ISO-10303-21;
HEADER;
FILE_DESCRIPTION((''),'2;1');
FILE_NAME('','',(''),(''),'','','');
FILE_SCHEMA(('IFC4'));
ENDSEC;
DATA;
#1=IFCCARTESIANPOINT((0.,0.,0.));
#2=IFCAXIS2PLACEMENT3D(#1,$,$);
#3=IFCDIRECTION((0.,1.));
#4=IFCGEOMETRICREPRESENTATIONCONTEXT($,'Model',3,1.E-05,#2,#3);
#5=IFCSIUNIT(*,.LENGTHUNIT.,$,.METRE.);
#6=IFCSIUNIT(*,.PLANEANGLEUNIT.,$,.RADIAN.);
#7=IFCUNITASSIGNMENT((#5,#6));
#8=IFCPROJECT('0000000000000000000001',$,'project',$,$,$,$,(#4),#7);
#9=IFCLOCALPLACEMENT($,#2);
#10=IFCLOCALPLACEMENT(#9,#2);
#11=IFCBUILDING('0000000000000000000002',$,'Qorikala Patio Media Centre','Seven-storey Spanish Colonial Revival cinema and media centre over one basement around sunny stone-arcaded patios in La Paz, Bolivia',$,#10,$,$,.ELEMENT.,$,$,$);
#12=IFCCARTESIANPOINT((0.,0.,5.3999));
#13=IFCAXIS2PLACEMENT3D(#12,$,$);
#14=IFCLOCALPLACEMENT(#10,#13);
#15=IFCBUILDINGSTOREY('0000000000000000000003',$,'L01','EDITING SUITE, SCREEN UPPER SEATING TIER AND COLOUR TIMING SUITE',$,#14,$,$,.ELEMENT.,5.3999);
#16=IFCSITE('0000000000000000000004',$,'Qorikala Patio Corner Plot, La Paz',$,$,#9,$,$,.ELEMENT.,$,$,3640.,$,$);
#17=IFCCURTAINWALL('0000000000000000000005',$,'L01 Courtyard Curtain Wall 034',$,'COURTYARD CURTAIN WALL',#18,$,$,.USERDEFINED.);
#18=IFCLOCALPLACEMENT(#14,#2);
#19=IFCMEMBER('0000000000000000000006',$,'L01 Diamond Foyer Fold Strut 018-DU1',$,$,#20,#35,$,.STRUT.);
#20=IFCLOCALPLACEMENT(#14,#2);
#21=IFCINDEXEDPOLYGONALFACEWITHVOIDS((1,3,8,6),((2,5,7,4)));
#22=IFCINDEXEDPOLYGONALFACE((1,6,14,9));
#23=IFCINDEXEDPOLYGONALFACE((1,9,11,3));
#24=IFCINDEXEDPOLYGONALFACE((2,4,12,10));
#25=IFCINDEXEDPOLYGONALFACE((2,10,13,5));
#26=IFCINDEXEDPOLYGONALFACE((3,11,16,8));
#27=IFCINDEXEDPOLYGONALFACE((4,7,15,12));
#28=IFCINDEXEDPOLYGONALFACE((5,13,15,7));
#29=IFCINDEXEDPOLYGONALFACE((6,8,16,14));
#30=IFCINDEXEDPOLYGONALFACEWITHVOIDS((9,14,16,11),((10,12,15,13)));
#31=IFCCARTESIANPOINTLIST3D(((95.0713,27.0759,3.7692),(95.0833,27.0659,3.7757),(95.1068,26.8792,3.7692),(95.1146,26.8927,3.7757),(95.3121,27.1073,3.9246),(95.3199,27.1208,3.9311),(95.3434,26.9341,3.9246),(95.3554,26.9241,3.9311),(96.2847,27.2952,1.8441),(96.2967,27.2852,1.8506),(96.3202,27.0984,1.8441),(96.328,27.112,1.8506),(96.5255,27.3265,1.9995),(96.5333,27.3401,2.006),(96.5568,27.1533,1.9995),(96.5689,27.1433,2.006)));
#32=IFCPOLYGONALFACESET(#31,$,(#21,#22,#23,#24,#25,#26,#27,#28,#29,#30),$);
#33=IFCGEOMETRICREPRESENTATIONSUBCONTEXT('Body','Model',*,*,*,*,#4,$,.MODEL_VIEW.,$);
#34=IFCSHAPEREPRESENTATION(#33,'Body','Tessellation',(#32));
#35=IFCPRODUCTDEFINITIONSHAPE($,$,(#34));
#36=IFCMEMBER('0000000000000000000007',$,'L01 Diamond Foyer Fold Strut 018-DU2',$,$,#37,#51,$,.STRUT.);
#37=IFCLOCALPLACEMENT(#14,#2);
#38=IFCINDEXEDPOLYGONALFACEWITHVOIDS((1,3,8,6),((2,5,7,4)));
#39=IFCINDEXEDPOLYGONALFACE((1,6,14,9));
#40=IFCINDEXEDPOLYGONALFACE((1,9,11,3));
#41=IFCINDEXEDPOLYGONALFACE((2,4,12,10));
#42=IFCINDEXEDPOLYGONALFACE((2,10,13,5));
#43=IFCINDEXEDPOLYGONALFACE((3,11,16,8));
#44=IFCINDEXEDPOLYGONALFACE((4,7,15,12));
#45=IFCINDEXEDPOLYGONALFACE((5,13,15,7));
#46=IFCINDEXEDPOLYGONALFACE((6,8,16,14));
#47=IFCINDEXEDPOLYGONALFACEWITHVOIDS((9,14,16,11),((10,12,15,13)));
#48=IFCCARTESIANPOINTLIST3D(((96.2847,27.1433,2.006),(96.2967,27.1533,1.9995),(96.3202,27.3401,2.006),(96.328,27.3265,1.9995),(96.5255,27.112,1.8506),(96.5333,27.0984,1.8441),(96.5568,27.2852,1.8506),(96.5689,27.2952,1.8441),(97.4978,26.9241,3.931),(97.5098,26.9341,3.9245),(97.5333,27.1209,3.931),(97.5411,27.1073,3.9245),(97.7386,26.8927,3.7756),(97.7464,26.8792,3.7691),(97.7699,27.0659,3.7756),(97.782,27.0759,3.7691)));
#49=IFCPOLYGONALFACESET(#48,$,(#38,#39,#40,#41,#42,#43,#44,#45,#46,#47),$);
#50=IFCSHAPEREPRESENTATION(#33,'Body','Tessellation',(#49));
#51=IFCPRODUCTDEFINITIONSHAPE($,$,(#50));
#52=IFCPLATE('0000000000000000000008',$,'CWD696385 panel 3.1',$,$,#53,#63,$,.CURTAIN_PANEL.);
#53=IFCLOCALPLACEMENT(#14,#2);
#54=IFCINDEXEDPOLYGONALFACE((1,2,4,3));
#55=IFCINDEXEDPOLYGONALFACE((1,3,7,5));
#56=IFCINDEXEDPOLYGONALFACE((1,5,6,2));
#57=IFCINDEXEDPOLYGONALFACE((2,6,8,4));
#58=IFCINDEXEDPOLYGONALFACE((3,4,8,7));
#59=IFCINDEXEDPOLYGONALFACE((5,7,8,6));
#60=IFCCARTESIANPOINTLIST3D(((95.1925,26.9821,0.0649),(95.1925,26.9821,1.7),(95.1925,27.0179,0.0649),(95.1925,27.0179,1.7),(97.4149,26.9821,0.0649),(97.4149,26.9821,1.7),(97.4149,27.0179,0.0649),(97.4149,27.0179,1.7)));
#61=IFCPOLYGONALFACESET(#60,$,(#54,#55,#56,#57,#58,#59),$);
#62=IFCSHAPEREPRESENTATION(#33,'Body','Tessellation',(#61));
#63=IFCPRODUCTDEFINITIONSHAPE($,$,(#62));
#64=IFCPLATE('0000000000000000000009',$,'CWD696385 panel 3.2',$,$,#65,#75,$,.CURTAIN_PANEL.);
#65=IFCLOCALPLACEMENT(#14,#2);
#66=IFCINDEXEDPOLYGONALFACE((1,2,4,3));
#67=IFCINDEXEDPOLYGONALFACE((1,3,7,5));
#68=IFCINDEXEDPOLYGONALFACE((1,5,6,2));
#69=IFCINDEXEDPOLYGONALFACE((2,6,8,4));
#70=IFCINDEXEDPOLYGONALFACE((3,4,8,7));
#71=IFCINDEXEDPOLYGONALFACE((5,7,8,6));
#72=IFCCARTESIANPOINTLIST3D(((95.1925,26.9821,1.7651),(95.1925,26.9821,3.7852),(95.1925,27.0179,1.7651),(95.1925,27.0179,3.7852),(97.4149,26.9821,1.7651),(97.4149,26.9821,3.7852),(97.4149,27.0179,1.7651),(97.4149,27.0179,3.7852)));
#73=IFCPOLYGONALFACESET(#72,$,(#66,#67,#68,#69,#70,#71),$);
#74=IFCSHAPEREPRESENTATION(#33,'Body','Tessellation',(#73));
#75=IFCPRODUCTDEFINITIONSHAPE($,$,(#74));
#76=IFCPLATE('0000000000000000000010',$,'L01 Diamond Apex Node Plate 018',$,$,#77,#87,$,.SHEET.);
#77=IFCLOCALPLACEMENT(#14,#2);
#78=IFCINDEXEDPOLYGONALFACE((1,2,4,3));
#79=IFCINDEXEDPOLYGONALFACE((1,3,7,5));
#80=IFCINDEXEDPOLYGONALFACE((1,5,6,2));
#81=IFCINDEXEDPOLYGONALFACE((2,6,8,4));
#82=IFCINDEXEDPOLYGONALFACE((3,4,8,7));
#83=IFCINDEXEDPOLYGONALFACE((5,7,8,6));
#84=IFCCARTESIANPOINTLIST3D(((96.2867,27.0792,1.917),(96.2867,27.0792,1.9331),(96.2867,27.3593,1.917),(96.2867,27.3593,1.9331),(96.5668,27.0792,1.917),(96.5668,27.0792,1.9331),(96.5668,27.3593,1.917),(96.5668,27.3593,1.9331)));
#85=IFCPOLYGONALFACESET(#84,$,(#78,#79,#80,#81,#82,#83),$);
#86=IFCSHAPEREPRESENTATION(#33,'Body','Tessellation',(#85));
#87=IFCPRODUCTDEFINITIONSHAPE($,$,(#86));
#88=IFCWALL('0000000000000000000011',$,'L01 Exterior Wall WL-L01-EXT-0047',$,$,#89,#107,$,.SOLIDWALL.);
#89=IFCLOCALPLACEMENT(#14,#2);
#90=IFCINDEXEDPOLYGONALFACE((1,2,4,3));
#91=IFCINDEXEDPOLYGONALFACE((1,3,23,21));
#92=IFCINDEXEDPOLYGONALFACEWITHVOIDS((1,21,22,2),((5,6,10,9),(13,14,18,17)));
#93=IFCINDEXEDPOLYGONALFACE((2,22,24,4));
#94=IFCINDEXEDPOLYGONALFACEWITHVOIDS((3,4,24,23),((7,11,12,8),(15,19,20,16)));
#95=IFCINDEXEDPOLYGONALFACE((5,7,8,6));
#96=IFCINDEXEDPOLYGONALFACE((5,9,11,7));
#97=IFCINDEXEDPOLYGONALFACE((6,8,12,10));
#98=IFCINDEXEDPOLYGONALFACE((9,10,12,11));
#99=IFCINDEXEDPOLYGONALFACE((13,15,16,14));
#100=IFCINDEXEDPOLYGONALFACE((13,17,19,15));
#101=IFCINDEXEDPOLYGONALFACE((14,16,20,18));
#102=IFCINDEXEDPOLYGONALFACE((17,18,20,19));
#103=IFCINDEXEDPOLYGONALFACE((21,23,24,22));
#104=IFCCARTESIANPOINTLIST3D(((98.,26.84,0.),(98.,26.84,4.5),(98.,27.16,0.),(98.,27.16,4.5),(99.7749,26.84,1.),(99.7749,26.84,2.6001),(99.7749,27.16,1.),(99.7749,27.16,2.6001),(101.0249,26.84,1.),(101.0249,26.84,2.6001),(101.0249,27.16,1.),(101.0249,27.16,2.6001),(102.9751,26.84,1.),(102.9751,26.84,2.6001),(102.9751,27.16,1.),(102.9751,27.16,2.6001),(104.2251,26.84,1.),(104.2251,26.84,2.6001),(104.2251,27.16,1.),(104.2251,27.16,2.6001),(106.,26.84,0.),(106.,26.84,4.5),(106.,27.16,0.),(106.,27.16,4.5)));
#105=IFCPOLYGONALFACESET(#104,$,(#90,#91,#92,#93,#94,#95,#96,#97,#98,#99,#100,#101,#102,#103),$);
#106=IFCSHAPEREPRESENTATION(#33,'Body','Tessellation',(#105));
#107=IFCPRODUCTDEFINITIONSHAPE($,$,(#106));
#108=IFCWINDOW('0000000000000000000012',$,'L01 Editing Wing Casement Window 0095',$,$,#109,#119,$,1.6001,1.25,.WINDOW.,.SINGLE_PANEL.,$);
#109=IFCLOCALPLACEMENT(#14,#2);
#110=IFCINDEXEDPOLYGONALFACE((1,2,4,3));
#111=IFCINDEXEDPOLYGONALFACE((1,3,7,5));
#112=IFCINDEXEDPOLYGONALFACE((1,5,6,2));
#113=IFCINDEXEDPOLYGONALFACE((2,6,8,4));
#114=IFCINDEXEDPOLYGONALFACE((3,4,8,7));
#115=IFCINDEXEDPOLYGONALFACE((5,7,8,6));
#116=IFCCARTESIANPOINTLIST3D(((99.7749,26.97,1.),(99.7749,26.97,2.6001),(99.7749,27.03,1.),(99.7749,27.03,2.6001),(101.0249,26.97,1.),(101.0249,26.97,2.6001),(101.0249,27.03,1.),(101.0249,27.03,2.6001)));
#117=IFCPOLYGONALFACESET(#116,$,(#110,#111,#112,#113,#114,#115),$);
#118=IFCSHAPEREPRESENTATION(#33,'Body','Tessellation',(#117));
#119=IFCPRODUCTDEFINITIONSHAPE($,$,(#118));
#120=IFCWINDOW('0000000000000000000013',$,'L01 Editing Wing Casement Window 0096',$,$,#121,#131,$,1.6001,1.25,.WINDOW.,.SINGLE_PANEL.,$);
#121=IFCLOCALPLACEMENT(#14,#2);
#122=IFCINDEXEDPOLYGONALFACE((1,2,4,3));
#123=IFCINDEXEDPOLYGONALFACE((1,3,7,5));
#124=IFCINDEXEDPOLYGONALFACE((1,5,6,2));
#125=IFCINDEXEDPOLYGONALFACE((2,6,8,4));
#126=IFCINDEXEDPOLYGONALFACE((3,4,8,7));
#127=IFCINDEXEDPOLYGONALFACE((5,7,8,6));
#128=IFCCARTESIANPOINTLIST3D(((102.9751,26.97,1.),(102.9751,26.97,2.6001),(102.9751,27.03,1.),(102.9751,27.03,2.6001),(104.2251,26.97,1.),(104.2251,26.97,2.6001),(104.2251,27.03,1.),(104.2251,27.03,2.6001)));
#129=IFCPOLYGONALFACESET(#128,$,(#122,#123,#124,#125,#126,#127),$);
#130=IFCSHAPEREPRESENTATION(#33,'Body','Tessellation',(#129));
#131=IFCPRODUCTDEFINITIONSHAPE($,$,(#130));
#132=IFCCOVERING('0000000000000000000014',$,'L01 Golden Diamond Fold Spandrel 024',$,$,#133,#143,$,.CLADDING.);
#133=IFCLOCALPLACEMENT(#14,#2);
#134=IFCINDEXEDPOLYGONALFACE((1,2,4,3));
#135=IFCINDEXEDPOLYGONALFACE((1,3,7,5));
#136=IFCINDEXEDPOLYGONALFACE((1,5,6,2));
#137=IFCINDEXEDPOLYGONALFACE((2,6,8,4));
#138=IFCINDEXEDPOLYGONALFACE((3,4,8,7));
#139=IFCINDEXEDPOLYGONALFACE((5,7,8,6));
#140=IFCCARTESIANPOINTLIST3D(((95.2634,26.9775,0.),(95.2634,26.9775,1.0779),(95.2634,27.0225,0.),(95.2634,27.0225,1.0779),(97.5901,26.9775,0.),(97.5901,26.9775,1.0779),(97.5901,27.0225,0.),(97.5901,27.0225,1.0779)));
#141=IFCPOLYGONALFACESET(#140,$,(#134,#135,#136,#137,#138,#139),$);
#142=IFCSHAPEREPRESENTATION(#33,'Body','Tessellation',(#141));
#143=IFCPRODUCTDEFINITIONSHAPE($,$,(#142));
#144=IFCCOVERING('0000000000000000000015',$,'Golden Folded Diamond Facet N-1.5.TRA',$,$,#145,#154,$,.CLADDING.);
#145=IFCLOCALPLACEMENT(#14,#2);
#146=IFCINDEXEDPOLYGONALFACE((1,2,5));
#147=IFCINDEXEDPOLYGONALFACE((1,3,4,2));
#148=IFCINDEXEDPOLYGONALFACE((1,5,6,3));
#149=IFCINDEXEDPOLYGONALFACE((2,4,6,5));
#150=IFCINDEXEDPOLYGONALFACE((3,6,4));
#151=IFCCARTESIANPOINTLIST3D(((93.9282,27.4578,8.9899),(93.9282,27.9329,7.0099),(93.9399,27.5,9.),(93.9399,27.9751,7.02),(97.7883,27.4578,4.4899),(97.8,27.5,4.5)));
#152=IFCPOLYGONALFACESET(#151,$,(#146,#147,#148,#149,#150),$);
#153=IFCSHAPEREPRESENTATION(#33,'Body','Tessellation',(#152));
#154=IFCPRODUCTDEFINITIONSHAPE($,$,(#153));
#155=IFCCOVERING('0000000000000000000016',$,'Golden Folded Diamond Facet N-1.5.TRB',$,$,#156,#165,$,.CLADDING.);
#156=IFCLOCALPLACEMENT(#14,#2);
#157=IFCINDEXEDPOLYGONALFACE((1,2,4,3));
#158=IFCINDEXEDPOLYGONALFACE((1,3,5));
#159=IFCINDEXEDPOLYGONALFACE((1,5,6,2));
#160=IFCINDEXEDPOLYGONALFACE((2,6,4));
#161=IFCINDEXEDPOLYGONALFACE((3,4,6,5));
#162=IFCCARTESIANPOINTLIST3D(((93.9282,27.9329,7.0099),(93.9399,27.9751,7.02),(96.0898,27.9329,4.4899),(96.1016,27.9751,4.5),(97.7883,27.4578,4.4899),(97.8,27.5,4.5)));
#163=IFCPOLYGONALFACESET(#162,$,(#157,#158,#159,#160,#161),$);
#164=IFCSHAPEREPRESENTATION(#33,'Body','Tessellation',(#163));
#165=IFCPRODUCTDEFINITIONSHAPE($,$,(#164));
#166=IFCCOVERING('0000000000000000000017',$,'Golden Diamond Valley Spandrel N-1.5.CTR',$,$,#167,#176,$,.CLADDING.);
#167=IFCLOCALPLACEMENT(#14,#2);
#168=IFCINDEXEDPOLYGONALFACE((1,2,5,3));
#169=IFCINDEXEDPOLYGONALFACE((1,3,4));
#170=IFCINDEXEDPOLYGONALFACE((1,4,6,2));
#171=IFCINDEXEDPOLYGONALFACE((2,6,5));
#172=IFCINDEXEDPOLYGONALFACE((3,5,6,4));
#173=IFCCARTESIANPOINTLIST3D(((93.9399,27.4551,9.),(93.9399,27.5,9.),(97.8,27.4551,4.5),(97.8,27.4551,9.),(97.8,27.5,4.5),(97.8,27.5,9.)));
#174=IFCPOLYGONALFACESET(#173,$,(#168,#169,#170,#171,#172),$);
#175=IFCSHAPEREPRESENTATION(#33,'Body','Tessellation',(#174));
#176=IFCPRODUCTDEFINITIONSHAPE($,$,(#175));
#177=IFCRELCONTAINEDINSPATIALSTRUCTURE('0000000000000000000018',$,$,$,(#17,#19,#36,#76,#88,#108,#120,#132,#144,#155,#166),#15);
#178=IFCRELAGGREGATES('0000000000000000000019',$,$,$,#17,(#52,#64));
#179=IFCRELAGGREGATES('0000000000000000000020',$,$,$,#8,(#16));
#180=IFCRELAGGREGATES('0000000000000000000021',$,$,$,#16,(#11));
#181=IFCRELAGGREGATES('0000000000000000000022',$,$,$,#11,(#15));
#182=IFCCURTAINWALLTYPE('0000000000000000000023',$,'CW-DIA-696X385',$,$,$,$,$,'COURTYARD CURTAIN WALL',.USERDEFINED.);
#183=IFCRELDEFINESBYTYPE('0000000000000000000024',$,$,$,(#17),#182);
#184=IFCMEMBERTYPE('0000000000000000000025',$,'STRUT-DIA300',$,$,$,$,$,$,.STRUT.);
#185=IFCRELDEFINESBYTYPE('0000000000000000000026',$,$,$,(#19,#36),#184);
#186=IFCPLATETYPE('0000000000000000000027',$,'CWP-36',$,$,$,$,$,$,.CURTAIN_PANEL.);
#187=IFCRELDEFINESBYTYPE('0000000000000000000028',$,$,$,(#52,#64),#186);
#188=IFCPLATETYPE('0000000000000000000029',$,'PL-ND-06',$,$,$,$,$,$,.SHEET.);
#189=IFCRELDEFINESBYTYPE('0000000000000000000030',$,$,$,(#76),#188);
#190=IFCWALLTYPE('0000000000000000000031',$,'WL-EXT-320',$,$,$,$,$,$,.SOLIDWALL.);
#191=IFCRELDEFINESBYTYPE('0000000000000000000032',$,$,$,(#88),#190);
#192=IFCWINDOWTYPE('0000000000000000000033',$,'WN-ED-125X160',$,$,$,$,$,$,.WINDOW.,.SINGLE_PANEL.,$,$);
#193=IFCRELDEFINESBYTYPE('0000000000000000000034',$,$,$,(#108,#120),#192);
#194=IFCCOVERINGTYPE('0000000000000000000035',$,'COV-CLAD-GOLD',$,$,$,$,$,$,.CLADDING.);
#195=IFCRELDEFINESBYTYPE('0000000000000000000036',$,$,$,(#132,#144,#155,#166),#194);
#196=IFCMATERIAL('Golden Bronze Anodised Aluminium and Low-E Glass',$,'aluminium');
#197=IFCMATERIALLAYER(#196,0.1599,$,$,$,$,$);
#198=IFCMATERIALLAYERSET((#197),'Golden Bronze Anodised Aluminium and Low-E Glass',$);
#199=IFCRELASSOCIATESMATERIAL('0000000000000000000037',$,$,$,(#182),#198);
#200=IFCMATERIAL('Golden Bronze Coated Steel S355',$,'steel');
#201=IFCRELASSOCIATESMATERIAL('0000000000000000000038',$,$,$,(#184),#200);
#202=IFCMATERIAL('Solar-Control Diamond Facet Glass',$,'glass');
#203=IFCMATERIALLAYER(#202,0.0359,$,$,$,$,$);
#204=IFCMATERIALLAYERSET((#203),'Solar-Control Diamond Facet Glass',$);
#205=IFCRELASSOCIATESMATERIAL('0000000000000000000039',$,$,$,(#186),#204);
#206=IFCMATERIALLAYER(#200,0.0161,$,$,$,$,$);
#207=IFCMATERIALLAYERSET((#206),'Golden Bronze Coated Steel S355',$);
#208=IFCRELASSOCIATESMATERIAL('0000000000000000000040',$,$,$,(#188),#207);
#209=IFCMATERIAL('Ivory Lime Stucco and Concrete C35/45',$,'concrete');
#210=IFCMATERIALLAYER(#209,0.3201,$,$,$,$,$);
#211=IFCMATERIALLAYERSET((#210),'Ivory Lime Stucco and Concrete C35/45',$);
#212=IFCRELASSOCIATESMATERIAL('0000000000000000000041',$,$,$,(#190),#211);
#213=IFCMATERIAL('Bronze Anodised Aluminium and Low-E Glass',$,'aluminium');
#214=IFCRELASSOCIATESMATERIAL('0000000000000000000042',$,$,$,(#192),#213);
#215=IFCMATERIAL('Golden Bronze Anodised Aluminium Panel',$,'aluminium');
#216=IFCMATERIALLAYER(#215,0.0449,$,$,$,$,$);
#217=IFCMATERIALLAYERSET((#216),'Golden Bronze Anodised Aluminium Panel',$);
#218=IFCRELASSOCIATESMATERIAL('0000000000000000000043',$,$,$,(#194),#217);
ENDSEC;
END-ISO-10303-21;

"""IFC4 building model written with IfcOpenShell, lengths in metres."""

from ifc_helpers import new_model, si_unit, direction, frame, frame_2d, origin, origin_2d, place, context, subcontext, project, spatial, polyline, rectangle, hollow_rectangle, outline, extrude, material, layer, layer_set, material_profile, profile_set, type_object, element, fill, aggregate, save


model = new_model("IFC4")

# Units and contexts
model_context = context("Model", 3, precision=1e-05, world=origin(), true_north=direction((0.0, 1.0)))
body_context = subcontext(model_context, "Body", "Model", "MODEL_VIEW")
ifc_project = project(units=[si_unit("LENGTHUNIT", "METRE"), si_unit("PLANEANGLEUNIT", "RADIAN")], contexts=[model_context])

# Site, building, storey
site_placement = place(None, origin())
site = spatial("IfcSite", under=ifc_project, at=site_placement, Name="Qorikala Patio Corner Plot, La Paz", CompositionType="ELEMENT", RefElevation=3640.0)
building_placement = place(site_placement, origin())
building = spatial("IfcBuilding", under=site, at=building_placement, Name="Qorikala Patio Media Centre", Description="Seven-storey Spanish Colonial Revival cinema and media centre over one basement around sunny stone-arcaded patios in La Paz, Bolivia", CompositionType="ELEMENT")
storey_placement = place(building_placement, frame((0.0, 0.0, 5.3999)))
storey = spatial("IfcBuildingStorey", under=building, at=storey_placement, Name="L01", Description="EDITING SUITE, SCREEN UPPER SEATING TIER AND COLOUR TIMING SUITE", CompositionType="ELEMENT", Elevation=5.3999)

# Shared definitions
ifc_material_1 = material(Name="Golden Bronze Coated Steel S355", Category="steel")

# Curtain wall
ifc_material_2 = material(Name="Golden Bronze Anodised Aluminium and Low-E Glass", Category="aluminium")
ifc_layer_1 = layer(ifc_material_2, 0.1599)
ifc_layer_set_1 = layer_set([ifc_layer_1], Name="Golden Bronze Anodised Aluminium and Low-E Glass")
curtain_wall_type = type_object("IfcCurtainWallType", Name="CW-DIA-696X385", ElementType="COURTYARD CURTAIN WALL", PredefinedType="USERDEFINED", material=ifc_layer_set_1)
curtain_wall_placement = place(storey_placement, origin())
curtain_wall = element("IfcCurtainWall", 1, at=curtain_wall_placement, inside=storey, type_object=curtain_wall_type, Name="L01 Courtyard Curtain Wall 034", ObjectType="COURTYARD CURTAIN WALL", PredefinedType="USERDEFINED")

# Members
ifc_material_profile_1 = material_profile(ifc_material_1, hollow_rectangle(XDim=0.2, YDim=0.3, WallThickness=0.012, at=origin_2d()), Name="HSS300X200X12")
ifc_profile_set_1 = profile_set([ifc_material_profile_1], Name="Golden Bronze Coated Steel S355")
member_type_1 = type_object("IfcMemberType", Name="STRUT-DIA300", PredefinedType="STRUT", material=ifc_profile_set_1)
member_1_placement = place(storey_placement, frame((96.4268, 27.2192, 1.925), z_axis=(-0.530768, -0.095901, 0.842074), x_axis=(0.177805, -0.984066, 0.0)))
element("IfcMember", 2, at=member_1_placement, inside=storey, type_object=member_type_1, Name="L01 Diamond Foyer Fold Strut 018-DU1", PredefinedType="STRUT", context=body_context, shape_type="SweptSolid", body=[
    extrude(hollow_rectangle(XDim=0.2, YDim=0.3, WallThickness=0.012, at=origin_2d()), origin(), (0.0, 0.0, 1.0), 2.2861),
])
member_2_placement = place(storey_placement, frame((96.4268, 27.2192, 1.925), z_axis=(0.530691, -0.095907, 0.842121), x_axis=(0.17784, 0.984059, 0.0)))
element("IfcMember", 3, at=member_2_placement, inside=storey, type_object=member_type_1, Name="L01 Diamond Foyer Fold Strut 018-DU2", PredefinedType="STRUT", context=body_context, shape_type="SweptSolid", body=[
    extrude(hollow_rectangle(XDim=0.2, YDim=0.3, WallThickness=0.012, at=origin_2d()), origin(), (0.0, 0.0, 1.0), 2.2859),
])

# Plates
ifc_material_3 = material(Name="Solar-Control Diamond Facet Glass", Category="glass")
ifc_layer_2 = layer(ifc_material_3, 0.0359)
ifc_layer_set_2 = layer_set([ifc_layer_2], Name="Solar-Control Diamond Facet Glass")
plate_type_1 = type_object("IfcPlateType", Name="CWP-36", PredefinedType="CURTAIN_PANEL", material=ifc_layer_set_2)
plate_1_placement = place(storey_placement, frame((96.3037, 27.0, 0.0649), z_axis=(0.0, 0.0, 1.0), x_axis=(1.0, 0.0, 0.0)))
plate_1 = element("IfcPlate", 4, at=plate_1_placement, type_object=plate_type_1, Name="CWD696385 panel 3.1", PredefinedType="CURTAIN_PANEL", context=body_context, shape_type="SweptSolid", body=[
    extrude(rectangle(XDim=2.2224, YDim=0.0359, at=origin_2d()), origin(), (0.0, 0.0, 1.0), 1.635),
])
plate_2_placement = place(storey_placement, frame((96.3037, 27.0, 1.7651), z_axis=(0.0, 0.0, 1.0), x_axis=(1.0, 0.0, 0.0)))
plate_2 = element("IfcPlate", 5, at=plate_2_placement, type_object=plate_type_1, Name="CWD696385 panel 3.2", PredefinedType="CURTAIN_PANEL", context=body_context, shape_type="SweptSolid", body=[
    extrude(rectangle(XDim=2.2224, YDim=0.0359, at=origin_2d()), origin(), (0.0, 0.0, 1.0), 2.02),
])
aggregate(curtain_wall, [plate_1, plate_2])
ifc_layer_3 = layer(ifc_material_1, 0.0161)
ifc_layer_set_3 = layer_set([ifc_layer_3], Name="Golden Bronze Coated Steel S355")
plate_type_2 = type_object("IfcPlateType", Name="PL-ND-06", PredefinedType="SHEET", material=ifc_layer_set_3)
plate_3_placement = place(storey_placement, frame((96.4268, 27.2192, 1.917), z_axis=(0.0, 0.0, 1.0), x_axis=(1.0, 0.0, 0.0)))
element("IfcPlate", 6, at=plate_3_placement, inside=storey, type_object=plate_type_2, Name="L01 Diamond Apex Node Plate 018", PredefinedType="SHEET", context=body_context, shape_type="SweptSolid", body=[
    extrude(rectangle(XDim=0.28, YDim=0.28, at=origin_2d()), origin(), (0.0, 0.0, 1.0), 0.0161),
])

# Wall, openings, windows
ifc_material_4 = material(Name="Ivory Lime Stucco and Concrete C35/45", Category="concrete")
ifc_layer_4 = layer(ifc_material_4, 0.3201)
ifc_layer_set_4 = layer_set([ifc_layer_4], Name="Ivory Lime Stucco and Concrete C35/45")
wall_type = type_object("IfcWallType", Name="WL-EXT-320", PredefinedType="SOLIDWALL", material=ifc_layer_set_4)
wall_placement = place(storey_placement, frame((98.0, 27.0, 0.0), z_axis=(0.0, 0.0, 1.0), x_axis=(1.0, 0.0, 0.0)))
wall = element("IfcWall", 7, at=wall_placement, inside=storey, type_object=wall_type, Name="L01 Exterior Wall WL-L01-EXT-0047", PredefinedType="SOLIDWALL", context=body_context, shape_type="SweptSolid", body=[
    extrude(rectangle(XDim=8.0, YDim=0.3201, at=frame_2d((4.0, 0.0))), origin(), (0.0, 0.0, 1.0), 4.5),
])
opening_1_placement = place(wall_placement, frame((1.7749, 0.0, 1.0)))
opening_1 = element("IfcOpeningElement", 8, at=opening_1_placement, cuts=wall, PredefinedType="OPENING", context=body_context, shape_type="SweptSolid", body=[
    extrude(rectangle(XDim=1.25, YDim=1.6001, at=frame_2d((0.625, 0.8))), frame((0.0, 0.1699, 0.0), z_axis=(0.0, -1.0, 0.0), x_axis=(1.0, 0.0, 0.0)), (0.0, 0.0, 1.0), 0.3401),
])
opening_2_placement = place(wall_placement, frame((4.9751, 0.0, 1.0)))
opening_2 = element("IfcOpeningElement", 9, at=opening_2_placement, cuts=wall, PredefinedType="OPENING", context=body_context, shape_type="SweptSolid", body=[
    extrude(rectangle(XDim=1.25, YDim=1.6001, at=frame_2d((0.625, 0.8))), frame((0.0, 0.1699, 0.0), z_axis=(0.0, -1.0, 0.0), x_axis=(1.0, 0.0, 0.0)), (0.0, 0.0, 1.0), 0.3401),
])
ifc_material_5 = material(Name="Bronze Anodised Aluminium and Low-E Glass", Category="aluminium")
window_type = type_object("IfcWindowType", Name="WN-ED-125X160", PartitioningType="SINGLE_PANEL", PredefinedType="WINDOW", material=ifc_material_5)
window_1_placement = place(opening_1_placement, origin())
window_1 = element("IfcWindow", 10, at=window_1_placement, inside=storey, type_object=window_type, Name="L01 Editing Wing Casement Window 0095", OverallHeight=1.6001, OverallWidth=1.25, PartitioningType="SINGLE_PANEL", PredefinedType="WINDOW", context=body_context, shape_type="SweptSolid", body=[
    extrude(rectangle(XDim=1.25, YDim=1.6001, at=frame_2d((0.625, 0.8))), frame((0.0, 0.03, 0.0), z_axis=(0.0, -1.0, 0.0), x_axis=(1.0, 0.0, 0.0)), (0.0, 0.0, 1.0), 0.0601),
])
fill(opening_1, window_1)
window_2_placement = place(opening_2_placement, origin())
window_2 = element("IfcWindow", 11, at=window_2_placement, inside=storey, type_object=window_type, Name="L01 Editing Wing Casement Window 0096", OverallHeight=1.6001, OverallWidth=1.25, PartitioningType="SINGLE_PANEL", PredefinedType="WINDOW", context=body_context, shape_type="SweptSolid", body=[
    extrude(rectangle(XDim=1.25, YDim=1.6001, at=frame_2d((0.625, 0.8))), frame((0.0, 0.03, 0.0), z_axis=(0.0, -1.0, 0.0), x_axis=(1.0, 0.0, 0.0)), (0.0, 0.0, 1.0), 0.0601),
])
fill(opening_2, window_2)

# Coverings
ifc_material_6 = material(Name="Golden Bronze Anodised Aluminium Panel", Category="aluminium")
ifc_layer_5 = layer(ifc_material_6, 0.0449)
ifc_layer_set_5 = layer_set([ifc_layer_5], Name="Golden Bronze Anodised Aluminium Panel")
covering_type = type_object("IfcCoveringType", Name="COV-CLAD-GOLD", PredefinedType="CLADDING", material=ifc_layer_set_5)
covering_1_placement = place(storey_placement, frame((96.4268, 27.0, 0.0), z_axis=(0.0, 0.0, 1.0), x_axis=(1.0, 0.0, 0.0)))
element("IfcCovering", 12, at=covering_1_placement, inside=storey, type_object=covering_type, Name="L01 Golden Diamond Fold Spandrel 024", PredefinedType="CLADDING", context=body_context, shape_type="SweptSolid", body=[
    extrude(rectangle(XDim=2.3267, YDim=0.0449, at=origin_2d()), origin(), (0.0, 0.0, 1.0), 1.0779),
])
covering_2_placement = place(storey_placement, frame((97.8, 27.5, 4.5), z_axis=(0.26247, 0.938306, 0.225147), x_axis=(-0.65108, 0.0, 0.759009)))
element("IfcCovering", 13, at=covering_2_placement, inside=storey, type_object=covering_type, Name="Golden Folded Diamond Facet N-1.5.TRA", PredefinedType="CLADDING", context=body_context, shape_type="SweptSolid", body=[
    extrude(outline(polyline([(0.0, 0.0), (5.9288, 0.0), (4.426, -1.3739), (0.0, 0.0)])), origin(), (0.0, 0.0, -1.0), 0.0449),
])
covering_3_placement = place(storey_placement, frame((97.8, 27.5, 4.5), z_axis=(0.262463, 0.938311, 0.225135), x_axis=(-0.832945, 0.102518, 0.543777)))
element("IfcCovering", 14, at=covering_3_placement, inside=storey, type_object=covering_type, Name="Golden Folded Diamond Facet N-1.5.TRB", PredefinedType="CLADDING", context=body_context, shape_type="SweptSolid", body=[
    extrude(outline(polyline([(0.0, 0.0), (4.6343, 0.0), (1.4635, -0.9843), (0.0, 0.0)])), origin(), (0.0, 0.0, -1.0), 0.0449),
])
covering_4_placement = place(storey_placement, frame((97.8, 27.5, 9.0), z_axis=(0.0, 1.0, 0.0), x_axis=(0.0, 0.0, -1.0)))
element("IfcCovering", 15, at=covering_4_placement, inside=storey, type_object=covering_type, Name="Golden Diamond Valley Spandrel N-1.5.CTR", PredefinedType="CLADDING", context=body_context, shape_type="SweptSolid", body=[
    extrude(outline(polyline([(0.0, 0.0), (4.5, 0.0), (0.0, 3.8601), (0.0, 0.0)])), origin(), (0.0, 0.0, -1.0), 0.0449),
])

save(model, "model.ifc")
